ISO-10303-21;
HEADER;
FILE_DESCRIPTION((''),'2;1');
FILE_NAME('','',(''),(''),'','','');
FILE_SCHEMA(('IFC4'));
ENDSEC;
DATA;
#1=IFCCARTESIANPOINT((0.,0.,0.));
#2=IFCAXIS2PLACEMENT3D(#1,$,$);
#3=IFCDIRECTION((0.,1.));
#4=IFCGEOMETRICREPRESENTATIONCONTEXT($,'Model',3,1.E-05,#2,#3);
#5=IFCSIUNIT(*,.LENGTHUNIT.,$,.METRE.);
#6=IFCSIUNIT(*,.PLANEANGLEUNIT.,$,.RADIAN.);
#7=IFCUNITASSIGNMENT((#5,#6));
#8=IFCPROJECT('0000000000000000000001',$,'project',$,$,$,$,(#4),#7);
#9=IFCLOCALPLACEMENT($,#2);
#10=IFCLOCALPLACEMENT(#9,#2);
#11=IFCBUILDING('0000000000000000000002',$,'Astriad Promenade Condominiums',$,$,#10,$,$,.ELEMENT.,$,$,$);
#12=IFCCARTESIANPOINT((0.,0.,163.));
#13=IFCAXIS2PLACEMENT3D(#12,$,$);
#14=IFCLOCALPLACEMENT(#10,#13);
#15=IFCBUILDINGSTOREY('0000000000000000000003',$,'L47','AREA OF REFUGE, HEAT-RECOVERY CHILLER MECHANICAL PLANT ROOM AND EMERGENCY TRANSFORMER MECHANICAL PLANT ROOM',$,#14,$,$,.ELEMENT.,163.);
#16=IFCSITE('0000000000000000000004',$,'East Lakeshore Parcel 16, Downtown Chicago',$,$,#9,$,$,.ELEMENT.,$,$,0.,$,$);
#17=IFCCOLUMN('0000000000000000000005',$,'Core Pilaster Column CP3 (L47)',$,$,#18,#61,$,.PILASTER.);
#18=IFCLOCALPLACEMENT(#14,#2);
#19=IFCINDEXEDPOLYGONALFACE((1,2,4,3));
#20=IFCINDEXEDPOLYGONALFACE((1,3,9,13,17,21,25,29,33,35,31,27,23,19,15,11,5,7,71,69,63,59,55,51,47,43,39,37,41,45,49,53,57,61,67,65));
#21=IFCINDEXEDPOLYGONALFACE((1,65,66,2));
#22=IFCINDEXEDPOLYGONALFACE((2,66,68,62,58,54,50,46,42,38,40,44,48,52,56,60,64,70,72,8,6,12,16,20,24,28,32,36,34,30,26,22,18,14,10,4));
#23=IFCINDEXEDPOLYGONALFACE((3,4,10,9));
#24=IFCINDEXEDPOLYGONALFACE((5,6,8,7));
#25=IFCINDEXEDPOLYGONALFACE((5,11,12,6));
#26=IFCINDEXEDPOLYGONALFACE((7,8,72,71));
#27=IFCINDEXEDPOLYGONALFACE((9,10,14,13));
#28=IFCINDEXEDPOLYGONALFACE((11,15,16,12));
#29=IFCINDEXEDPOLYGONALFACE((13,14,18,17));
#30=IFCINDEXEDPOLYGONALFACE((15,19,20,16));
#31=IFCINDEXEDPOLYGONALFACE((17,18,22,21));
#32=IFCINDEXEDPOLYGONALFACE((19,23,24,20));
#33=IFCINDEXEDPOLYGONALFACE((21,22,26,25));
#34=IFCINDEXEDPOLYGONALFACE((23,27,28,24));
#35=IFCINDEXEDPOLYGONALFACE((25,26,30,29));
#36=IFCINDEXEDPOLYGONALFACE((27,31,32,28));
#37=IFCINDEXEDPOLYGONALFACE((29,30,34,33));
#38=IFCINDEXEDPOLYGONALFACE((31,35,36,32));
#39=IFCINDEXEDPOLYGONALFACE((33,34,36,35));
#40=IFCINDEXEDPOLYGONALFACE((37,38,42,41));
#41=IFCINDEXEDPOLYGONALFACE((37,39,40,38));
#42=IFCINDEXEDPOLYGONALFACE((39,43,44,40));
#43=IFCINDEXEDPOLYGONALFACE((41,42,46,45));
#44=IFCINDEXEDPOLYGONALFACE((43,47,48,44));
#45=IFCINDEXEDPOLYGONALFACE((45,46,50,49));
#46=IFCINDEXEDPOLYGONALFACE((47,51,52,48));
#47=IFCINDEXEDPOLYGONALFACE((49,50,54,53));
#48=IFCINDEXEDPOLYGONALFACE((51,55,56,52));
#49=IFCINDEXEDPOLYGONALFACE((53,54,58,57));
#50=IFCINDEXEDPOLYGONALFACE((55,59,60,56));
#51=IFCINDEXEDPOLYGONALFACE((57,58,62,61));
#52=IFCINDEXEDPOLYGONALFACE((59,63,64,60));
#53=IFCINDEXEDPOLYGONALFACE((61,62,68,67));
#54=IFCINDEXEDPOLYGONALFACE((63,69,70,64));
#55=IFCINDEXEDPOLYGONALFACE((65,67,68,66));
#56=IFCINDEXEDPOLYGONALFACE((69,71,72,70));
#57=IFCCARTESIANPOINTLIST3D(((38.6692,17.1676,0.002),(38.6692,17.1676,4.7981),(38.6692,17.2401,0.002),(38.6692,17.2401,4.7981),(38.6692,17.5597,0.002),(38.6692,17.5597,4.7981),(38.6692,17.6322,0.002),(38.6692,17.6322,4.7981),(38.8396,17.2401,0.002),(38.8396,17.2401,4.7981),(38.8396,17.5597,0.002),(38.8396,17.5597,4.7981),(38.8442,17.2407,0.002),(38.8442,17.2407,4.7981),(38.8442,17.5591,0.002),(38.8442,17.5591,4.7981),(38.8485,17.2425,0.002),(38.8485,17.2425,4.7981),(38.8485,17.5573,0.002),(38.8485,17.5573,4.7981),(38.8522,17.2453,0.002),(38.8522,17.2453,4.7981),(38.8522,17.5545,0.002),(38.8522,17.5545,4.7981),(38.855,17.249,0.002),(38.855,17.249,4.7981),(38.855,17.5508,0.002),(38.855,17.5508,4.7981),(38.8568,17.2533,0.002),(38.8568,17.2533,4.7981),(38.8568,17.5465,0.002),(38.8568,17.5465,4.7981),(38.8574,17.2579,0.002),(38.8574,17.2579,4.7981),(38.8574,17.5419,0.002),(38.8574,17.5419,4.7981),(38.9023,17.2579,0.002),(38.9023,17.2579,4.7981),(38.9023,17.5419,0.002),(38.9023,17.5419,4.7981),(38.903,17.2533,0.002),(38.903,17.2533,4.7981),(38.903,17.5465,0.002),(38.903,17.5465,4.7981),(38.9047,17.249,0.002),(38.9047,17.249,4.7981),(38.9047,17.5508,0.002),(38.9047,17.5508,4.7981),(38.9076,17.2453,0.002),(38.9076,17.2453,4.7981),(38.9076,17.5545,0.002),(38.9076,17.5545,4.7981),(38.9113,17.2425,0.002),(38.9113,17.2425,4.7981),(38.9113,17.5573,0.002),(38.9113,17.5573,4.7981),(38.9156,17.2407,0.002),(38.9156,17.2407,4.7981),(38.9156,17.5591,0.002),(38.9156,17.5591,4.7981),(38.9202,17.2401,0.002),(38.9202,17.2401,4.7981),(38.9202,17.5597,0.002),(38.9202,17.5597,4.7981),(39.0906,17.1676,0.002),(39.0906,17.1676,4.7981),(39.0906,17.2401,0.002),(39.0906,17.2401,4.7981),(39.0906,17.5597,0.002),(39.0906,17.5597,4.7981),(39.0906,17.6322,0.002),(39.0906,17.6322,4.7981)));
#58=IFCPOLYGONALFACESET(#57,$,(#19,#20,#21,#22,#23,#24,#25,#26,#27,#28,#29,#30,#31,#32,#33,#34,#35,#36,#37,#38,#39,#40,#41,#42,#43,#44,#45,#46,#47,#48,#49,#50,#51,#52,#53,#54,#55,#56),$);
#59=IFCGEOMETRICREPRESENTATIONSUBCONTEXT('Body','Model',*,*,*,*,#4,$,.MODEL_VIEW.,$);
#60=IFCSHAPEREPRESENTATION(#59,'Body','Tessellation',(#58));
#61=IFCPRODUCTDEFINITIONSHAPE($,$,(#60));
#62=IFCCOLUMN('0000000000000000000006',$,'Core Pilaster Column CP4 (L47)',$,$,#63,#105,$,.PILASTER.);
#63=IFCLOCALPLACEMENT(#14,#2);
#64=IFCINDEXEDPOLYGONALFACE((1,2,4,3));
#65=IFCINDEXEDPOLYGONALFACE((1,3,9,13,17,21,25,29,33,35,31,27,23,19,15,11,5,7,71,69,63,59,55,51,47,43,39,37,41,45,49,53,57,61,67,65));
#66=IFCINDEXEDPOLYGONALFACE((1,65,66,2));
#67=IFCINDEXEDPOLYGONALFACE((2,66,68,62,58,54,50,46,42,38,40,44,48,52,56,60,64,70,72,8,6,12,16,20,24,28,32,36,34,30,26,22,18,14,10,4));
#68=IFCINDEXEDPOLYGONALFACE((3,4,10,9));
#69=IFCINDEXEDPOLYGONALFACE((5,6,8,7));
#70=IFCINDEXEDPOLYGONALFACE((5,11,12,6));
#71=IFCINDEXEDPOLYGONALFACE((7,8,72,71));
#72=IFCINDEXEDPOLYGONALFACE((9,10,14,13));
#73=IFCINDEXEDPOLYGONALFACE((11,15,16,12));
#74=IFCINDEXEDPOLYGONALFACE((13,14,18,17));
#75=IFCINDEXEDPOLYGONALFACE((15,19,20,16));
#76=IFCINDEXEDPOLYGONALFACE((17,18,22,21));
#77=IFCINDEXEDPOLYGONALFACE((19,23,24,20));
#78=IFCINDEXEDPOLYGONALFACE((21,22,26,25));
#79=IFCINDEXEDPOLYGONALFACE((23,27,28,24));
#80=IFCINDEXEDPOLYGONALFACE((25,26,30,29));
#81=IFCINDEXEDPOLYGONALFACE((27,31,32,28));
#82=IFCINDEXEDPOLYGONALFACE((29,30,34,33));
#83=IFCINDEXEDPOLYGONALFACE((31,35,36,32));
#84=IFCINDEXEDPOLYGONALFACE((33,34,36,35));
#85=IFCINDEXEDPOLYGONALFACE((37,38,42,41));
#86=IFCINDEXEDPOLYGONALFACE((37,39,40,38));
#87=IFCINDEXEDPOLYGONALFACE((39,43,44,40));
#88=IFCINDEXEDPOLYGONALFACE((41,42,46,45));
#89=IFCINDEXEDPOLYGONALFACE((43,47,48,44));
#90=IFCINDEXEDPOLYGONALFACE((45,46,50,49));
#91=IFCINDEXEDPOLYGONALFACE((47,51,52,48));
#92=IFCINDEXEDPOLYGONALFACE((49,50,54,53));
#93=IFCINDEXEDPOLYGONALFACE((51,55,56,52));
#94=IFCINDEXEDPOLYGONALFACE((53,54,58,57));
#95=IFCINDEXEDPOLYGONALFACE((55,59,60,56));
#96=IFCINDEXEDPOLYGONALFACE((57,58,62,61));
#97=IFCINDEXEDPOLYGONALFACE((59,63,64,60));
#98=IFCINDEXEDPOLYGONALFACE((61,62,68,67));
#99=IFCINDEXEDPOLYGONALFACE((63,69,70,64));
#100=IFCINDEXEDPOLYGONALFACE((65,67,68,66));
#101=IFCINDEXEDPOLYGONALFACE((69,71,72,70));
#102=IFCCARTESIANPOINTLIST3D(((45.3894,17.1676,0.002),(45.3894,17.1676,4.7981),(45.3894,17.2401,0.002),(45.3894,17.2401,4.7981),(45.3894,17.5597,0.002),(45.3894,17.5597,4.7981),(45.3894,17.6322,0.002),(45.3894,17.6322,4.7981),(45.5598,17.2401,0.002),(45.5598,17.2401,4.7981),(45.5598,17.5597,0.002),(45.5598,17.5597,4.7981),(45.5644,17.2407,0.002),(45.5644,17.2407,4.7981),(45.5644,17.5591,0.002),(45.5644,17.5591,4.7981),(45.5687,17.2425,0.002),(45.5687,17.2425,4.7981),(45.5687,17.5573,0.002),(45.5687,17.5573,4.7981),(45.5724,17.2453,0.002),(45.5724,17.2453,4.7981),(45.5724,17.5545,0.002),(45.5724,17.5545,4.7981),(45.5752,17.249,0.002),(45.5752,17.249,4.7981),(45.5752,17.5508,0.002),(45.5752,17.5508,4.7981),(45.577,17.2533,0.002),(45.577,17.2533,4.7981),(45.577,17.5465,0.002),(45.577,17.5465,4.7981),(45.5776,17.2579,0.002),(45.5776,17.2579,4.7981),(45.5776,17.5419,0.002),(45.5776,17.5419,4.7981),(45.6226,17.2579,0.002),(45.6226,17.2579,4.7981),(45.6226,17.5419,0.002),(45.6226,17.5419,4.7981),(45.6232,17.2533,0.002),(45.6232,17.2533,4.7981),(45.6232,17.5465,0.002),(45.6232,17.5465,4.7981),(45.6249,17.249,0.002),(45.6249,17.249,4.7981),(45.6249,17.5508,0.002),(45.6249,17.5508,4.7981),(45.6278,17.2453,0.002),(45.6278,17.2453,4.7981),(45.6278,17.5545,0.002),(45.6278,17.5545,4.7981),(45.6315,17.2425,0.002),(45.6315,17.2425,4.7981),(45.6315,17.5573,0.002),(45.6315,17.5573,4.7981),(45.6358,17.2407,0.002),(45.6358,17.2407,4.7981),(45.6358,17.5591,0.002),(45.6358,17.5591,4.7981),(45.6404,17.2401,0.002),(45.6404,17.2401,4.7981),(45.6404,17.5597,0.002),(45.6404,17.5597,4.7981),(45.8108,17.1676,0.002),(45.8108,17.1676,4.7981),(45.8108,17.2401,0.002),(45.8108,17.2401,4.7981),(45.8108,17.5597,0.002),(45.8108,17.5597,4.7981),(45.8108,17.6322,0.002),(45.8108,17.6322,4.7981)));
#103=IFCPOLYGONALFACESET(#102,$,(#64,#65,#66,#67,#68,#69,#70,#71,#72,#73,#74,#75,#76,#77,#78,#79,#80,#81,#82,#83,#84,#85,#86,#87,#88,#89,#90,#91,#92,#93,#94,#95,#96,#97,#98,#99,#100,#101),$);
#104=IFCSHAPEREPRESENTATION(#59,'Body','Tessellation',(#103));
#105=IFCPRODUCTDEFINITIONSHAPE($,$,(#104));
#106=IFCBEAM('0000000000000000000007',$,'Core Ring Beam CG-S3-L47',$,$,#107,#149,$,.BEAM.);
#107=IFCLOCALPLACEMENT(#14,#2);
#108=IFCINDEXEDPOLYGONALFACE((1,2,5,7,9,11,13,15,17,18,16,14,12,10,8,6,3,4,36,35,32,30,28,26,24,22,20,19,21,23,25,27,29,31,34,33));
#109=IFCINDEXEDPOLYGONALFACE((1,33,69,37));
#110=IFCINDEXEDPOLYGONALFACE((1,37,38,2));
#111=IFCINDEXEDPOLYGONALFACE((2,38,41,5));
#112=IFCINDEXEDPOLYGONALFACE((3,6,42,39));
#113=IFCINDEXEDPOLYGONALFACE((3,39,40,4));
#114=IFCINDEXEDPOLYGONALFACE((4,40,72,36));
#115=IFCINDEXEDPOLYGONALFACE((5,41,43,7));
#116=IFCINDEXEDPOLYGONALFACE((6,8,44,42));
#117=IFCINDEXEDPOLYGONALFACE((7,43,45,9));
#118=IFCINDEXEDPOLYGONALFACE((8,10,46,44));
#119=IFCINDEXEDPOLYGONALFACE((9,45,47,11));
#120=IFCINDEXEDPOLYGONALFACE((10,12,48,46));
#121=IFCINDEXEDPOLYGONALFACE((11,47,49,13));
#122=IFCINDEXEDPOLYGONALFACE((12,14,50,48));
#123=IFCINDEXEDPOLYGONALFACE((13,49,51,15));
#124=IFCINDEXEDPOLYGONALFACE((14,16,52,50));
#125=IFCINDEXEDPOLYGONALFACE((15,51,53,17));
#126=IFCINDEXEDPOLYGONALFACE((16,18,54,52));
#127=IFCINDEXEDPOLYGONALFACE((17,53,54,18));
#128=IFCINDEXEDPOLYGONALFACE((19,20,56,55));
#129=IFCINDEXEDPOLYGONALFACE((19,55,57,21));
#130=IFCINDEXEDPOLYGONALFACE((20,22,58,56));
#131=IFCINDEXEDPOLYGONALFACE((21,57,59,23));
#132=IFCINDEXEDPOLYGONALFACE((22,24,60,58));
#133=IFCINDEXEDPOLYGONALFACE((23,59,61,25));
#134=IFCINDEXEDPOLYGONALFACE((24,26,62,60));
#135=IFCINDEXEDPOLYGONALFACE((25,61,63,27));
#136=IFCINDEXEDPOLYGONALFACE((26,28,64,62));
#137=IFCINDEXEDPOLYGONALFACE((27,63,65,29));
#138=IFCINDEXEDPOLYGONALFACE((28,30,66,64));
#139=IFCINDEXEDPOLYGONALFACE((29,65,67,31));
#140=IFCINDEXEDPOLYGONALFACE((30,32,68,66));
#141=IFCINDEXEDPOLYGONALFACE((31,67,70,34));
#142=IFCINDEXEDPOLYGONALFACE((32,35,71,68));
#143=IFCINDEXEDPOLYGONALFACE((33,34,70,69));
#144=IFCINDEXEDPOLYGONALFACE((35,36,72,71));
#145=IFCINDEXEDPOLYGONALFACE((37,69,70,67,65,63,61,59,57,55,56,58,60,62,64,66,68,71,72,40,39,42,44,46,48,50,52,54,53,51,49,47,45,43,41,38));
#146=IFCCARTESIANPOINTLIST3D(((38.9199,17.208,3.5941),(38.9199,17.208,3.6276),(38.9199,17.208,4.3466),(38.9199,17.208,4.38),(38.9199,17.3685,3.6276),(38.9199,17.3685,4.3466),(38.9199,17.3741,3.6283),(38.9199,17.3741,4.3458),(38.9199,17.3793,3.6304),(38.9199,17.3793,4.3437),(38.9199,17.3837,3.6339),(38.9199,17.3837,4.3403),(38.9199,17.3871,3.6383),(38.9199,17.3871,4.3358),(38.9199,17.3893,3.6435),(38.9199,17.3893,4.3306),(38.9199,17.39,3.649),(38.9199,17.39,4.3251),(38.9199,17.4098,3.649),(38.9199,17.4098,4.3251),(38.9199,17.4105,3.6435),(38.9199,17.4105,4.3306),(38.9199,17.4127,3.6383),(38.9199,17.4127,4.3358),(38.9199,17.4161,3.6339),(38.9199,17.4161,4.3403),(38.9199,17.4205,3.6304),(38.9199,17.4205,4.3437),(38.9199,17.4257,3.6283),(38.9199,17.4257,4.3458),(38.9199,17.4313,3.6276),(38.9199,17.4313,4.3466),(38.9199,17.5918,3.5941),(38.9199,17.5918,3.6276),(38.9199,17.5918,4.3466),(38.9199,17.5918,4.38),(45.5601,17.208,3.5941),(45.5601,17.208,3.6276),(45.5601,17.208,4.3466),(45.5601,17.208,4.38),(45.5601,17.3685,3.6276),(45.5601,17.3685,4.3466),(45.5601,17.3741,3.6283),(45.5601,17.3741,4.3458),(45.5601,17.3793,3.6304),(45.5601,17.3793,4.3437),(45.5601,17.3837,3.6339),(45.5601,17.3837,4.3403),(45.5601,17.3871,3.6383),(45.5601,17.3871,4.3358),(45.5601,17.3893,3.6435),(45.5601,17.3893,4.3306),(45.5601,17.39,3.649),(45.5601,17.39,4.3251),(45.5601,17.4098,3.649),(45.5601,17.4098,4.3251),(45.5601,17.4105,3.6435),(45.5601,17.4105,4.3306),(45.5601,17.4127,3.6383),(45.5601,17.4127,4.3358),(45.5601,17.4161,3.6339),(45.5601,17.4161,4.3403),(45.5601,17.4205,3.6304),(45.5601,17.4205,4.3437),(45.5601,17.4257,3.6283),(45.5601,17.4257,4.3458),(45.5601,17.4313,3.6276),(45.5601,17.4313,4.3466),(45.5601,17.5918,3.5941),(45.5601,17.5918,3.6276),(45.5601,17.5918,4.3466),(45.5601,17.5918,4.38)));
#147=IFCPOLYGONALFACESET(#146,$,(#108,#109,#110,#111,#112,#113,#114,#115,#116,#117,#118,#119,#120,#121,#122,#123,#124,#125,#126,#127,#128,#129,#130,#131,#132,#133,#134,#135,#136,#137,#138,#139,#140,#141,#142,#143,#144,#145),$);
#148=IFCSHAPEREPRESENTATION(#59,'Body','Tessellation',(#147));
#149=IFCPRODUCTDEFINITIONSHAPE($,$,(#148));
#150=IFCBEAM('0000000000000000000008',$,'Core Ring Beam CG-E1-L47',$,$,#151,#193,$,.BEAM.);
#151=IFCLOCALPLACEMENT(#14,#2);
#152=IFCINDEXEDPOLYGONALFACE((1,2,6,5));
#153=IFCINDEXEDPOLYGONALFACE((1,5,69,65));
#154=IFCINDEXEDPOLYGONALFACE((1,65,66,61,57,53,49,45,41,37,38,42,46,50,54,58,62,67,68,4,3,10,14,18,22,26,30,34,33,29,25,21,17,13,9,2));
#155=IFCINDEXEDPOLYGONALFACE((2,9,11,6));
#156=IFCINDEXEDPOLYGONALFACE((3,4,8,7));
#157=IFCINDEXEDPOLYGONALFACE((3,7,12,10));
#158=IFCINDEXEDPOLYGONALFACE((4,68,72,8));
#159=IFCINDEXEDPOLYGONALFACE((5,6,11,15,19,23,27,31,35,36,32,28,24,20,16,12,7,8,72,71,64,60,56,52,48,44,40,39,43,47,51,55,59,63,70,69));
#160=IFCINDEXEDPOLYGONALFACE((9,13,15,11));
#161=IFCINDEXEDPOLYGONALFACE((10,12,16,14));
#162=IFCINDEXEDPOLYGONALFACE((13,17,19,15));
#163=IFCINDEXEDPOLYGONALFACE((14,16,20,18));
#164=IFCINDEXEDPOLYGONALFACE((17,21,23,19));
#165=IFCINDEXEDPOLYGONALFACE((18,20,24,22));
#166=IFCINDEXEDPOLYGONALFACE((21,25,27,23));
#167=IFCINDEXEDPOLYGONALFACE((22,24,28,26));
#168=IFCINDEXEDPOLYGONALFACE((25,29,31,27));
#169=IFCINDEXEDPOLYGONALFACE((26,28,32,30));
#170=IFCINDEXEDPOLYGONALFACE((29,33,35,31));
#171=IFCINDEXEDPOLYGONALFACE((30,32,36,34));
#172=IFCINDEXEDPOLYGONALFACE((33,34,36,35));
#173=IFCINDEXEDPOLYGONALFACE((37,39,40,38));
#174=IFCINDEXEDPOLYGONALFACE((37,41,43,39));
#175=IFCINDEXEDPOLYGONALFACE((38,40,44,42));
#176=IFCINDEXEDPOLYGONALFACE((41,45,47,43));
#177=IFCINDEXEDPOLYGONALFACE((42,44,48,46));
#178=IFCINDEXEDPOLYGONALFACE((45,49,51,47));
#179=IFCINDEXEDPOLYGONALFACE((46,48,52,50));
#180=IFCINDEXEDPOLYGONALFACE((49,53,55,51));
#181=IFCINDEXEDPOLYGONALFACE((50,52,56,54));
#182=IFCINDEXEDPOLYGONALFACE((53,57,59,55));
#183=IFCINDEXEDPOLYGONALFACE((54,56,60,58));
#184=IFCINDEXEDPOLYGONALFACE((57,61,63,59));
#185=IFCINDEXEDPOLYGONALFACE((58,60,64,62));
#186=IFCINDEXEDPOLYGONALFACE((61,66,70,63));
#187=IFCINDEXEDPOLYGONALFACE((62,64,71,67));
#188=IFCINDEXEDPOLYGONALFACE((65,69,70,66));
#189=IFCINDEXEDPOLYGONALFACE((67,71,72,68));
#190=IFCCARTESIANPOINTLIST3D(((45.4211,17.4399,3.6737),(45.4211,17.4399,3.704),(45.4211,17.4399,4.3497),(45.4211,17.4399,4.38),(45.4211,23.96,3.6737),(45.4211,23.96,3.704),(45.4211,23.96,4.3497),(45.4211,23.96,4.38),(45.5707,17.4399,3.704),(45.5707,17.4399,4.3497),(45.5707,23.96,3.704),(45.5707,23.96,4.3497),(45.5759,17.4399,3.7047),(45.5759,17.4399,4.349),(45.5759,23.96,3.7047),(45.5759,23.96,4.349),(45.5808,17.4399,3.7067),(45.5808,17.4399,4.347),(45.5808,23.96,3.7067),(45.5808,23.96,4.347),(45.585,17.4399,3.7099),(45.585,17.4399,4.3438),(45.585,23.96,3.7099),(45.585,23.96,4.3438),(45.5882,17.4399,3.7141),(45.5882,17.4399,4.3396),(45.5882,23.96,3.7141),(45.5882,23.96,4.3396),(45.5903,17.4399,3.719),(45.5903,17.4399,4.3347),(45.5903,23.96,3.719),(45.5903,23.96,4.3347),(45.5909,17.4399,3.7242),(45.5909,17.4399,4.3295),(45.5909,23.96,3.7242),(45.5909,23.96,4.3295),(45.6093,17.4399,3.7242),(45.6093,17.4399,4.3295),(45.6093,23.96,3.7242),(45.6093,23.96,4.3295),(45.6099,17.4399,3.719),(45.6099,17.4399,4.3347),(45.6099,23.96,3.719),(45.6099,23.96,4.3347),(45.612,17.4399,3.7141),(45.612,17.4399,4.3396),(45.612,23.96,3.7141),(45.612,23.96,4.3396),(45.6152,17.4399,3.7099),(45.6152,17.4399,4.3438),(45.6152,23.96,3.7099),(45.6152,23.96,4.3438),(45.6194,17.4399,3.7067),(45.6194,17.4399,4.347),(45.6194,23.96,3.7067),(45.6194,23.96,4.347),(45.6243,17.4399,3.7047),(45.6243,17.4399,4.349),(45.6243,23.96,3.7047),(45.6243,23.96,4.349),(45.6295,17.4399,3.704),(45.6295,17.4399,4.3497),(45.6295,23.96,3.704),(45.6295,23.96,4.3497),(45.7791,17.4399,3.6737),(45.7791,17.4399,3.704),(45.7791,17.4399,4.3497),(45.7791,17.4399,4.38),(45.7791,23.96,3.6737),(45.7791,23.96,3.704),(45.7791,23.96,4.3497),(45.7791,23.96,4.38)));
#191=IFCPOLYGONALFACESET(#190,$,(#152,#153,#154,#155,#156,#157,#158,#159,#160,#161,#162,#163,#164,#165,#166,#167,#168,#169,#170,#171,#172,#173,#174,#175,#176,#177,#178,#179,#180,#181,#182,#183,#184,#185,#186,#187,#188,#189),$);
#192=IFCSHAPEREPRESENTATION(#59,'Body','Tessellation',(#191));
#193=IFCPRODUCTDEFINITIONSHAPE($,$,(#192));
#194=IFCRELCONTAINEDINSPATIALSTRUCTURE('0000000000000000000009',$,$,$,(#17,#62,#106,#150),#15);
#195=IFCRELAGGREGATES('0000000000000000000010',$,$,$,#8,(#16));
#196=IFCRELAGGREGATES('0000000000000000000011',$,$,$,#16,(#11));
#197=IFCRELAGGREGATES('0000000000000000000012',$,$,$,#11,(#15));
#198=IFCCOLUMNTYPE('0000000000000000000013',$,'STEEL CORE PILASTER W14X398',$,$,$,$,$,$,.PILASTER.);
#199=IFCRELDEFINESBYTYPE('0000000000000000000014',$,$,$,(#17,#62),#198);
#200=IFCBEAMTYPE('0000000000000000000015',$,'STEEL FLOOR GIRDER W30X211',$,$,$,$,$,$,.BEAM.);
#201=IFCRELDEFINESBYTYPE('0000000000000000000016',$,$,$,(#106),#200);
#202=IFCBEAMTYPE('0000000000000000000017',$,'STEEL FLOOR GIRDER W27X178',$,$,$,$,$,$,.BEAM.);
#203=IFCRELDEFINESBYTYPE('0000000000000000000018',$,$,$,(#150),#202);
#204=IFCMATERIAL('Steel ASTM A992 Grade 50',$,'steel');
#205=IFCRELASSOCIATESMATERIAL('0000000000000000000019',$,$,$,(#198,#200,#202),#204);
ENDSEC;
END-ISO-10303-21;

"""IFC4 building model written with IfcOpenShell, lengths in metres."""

from ifc_helpers import new_model, si_unit, direction, frame, origin, origin_2d, place, context, subcontext, project, spatial, i_section, extrude, source, transform, mapped, material, material_profile, profile_set, type_object, type_shapes, element, save


model = new_model("IFC4")

# Units and contexts
model_context = context("Model", 3, precision=1e-05, world=origin(), true_north=direction((0.0, 1.0)))
body_context = subcontext(model_context, "Body", "Model", "MODEL_VIEW")
ifc_project = project(units=[si_unit("LENGTHUNIT", "METRE"), si_unit("PLANEANGLEUNIT", "RADIAN")], contexts=[model_context])

# Site, building, storey
site_placement = place(None, origin())
site = spatial("IfcSite", under=ifc_project, at=site_placement, Name="East Lakeshore Parcel 16, Downtown Chicago", CompositionType="ELEMENT", RefElevation=0.0)
building_placement = place(site_placement, origin())
building = spatial("IfcBuilding", under=site, at=building_placement, Name="Astriad Promenade Condominiums", CompositionType="ELEMENT")
storey_placement = place(building_placement, frame((0.0, 0.0, 163.0)))
storey = spatial("IfcBuildingStorey", under=building, at=storey_placement, Name="L47", Description="AREA OF REFUGE, HEAT-RECOVERY CHILLER MECHANICAL PLANT ROOM AND EMERGENCY TRANSFORMER MECHANICAL PLANT ROOM", CompositionType="ELEMENT", Elevation=163.0)

# Columns
ifc_material_1 = material(Name="Steel ASTM A992 Grade 50", Category="steel")
ifc_material_profile_1 = material_profile(ifc_material_1, i_section(OverallWidth=0.4214, OverallDepth=0.4646, WebThickness=0.0449, FlangeThickness=0.0725, FilletRadius=0.0178, at=origin_2d()), Name="W14X398")
ifc_profile_set_1 = profile_set([ifc_material_profile_1], Name="Steel ASTM A992 Grade 50")
column_type = type_object("IfcColumnType", Name="STEEL CORE PILASTER W14X398", PredefinedType="PILASTER", material=ifc_profile_set_1)
shared_shape_1 = source(origin(), body_context, "Body", "SweptSolid", [
    extrude(i_section(OverallWidth=0.4214, OverallDepth=0.4646, WebThickness=0.0449, FlangeThickness=0.0725, FilletRadius=0.0178, at=origin_2d()), origin(), (0.0, 0.0, 1.0), 4.7961),
])
type_shapes(column_type, [shared_shape_1])
for number, where, z_axis, x_axis, name in (
    (1, (38.8799, 17.3999, 0.002), (0.0, 0.0, 1.0), (1.0, 0.0, 0.0), "Core Pilaster Column CP3 (L47)"),
    (2, (45.6001, 17.3999, 0.002), (0.0, 0.0, 1.0), (1.0, 0.0, 0.0), "Core Pilaster Column CP4 (L47)"),
):
    element("IfcColumn", number, at=place(storey_placement, frame(where, z_axis=z_axis, x_axis=x_axis)), inside=storey, type_object=column_type, Name=name, PredefinedType="PILASTER", context=body_context, shape_type="MappedRepresentation", body=[
        mapped(shared_shape_1, transform((0.0, 0.0, 0.0), scale=1.0)),
    ])

# Beams
ifc_material_profile_2 = material_profile(ifc_material_1, i_section(OverallWidth=0.3838, OverallDepth=0.7859, WebThickness=0.0198, FlangeThickness=0.0334, FilletRadius=0.0215, at=origin_2d()), Name="W30X211")
ifc_profile_set_2 = profile_set([ifc_material_profile_2], Name="Steel ASTM A992 Grade 50")
beam_type_1 = type_object("IfcBeamType", Name="STEEL FLOOR GIRDER W30X211", PredefinedType="BEAM", material=ifc_profile_set_2)
shared_shape_2 = source(origin(), body_context, "Body", "SweptSolid", [
    extrude(i_section(OverallWidth=0.3838, OverallDepth=0.7859, WebThickness=0.0198, FlangeThickness=0.0334, FilletRadius=0.0215, at=origin_2d()), origin(), (0.0, 0.0, 1.0), 6.6401),
])
type_shapes(beam_type_1, [shared_shape_2])
beam_1_placement = place(storey_placement, frame((38.9199, 17.3999, 3.9871), z_axis=(1.0, 0.0, 0.0), x_axis=(0.0, 1.0, 0.0)))
element("IfcBeam", 3, at=beam_1_placement, inside=storey, type_object=beam_type_1, Name="Core Ring Beam CG-S3-L47", PredefinedType="BEAM", context=body_context, shape_type="MappedRepresentation", body=[
    mapped(shared_shape_2, transform((0.0, 0.0, 0.0), scale=1.0)),
])
ifc_material_profile_3 = material_profile(ifc_material_1, i_section(OverallWidth=0.3579, OverallDepth=0.7063, WebThickness=0.0183, FlangeThickness=0.0303, FilletRadius=0.0203, at=origin_2d()), Name="W27X178")
ifc_profile_set_3 = profile_set([ifc_material_profile_3], Name="Steel ASTM A992 Grade 50")
beam_type_2 = type_object("IfcBeamType", Name="STEEL FLOOR GIRDER W27X178", PredefinedType="BEAM", material=ifc_profile_set_3)
shared_shape_3 = source(origin(), body_context, "Body", "SweptSolid", [
    extrude(i_section(OverallWidth=0.3579, OverallDepth=0.7063, WebThickness=0.0183, FlangeThickness=0.0303, FilletRadius=0.0203, at=origin_2d()), origin(), (0.0, 0.0, 1.0), 6.52),
])
type_shapes(beam_type_2, [shared_shape_3])
beam_2_placement = place(storey_placement, frame((45.6001, 17.4399, 4.0269), z_axis=(0.0, 1.0, 0.0), x_axis=(-1.0, 0.0, 0.0)))
element("IfcBeam", 4, at=beam_2_placement, inside=storey, type_object=beam_type_2, Name="Core Ring Beam CG-E1-L47", PredefinedType="BEAM", context=body_context, shape_type="MappedRepresentation", body=[
    mapped(shared_shape_3, transform((0.0, 0.0, 0.0), scale=1.0)),
])

save(model, "model.ifc")
